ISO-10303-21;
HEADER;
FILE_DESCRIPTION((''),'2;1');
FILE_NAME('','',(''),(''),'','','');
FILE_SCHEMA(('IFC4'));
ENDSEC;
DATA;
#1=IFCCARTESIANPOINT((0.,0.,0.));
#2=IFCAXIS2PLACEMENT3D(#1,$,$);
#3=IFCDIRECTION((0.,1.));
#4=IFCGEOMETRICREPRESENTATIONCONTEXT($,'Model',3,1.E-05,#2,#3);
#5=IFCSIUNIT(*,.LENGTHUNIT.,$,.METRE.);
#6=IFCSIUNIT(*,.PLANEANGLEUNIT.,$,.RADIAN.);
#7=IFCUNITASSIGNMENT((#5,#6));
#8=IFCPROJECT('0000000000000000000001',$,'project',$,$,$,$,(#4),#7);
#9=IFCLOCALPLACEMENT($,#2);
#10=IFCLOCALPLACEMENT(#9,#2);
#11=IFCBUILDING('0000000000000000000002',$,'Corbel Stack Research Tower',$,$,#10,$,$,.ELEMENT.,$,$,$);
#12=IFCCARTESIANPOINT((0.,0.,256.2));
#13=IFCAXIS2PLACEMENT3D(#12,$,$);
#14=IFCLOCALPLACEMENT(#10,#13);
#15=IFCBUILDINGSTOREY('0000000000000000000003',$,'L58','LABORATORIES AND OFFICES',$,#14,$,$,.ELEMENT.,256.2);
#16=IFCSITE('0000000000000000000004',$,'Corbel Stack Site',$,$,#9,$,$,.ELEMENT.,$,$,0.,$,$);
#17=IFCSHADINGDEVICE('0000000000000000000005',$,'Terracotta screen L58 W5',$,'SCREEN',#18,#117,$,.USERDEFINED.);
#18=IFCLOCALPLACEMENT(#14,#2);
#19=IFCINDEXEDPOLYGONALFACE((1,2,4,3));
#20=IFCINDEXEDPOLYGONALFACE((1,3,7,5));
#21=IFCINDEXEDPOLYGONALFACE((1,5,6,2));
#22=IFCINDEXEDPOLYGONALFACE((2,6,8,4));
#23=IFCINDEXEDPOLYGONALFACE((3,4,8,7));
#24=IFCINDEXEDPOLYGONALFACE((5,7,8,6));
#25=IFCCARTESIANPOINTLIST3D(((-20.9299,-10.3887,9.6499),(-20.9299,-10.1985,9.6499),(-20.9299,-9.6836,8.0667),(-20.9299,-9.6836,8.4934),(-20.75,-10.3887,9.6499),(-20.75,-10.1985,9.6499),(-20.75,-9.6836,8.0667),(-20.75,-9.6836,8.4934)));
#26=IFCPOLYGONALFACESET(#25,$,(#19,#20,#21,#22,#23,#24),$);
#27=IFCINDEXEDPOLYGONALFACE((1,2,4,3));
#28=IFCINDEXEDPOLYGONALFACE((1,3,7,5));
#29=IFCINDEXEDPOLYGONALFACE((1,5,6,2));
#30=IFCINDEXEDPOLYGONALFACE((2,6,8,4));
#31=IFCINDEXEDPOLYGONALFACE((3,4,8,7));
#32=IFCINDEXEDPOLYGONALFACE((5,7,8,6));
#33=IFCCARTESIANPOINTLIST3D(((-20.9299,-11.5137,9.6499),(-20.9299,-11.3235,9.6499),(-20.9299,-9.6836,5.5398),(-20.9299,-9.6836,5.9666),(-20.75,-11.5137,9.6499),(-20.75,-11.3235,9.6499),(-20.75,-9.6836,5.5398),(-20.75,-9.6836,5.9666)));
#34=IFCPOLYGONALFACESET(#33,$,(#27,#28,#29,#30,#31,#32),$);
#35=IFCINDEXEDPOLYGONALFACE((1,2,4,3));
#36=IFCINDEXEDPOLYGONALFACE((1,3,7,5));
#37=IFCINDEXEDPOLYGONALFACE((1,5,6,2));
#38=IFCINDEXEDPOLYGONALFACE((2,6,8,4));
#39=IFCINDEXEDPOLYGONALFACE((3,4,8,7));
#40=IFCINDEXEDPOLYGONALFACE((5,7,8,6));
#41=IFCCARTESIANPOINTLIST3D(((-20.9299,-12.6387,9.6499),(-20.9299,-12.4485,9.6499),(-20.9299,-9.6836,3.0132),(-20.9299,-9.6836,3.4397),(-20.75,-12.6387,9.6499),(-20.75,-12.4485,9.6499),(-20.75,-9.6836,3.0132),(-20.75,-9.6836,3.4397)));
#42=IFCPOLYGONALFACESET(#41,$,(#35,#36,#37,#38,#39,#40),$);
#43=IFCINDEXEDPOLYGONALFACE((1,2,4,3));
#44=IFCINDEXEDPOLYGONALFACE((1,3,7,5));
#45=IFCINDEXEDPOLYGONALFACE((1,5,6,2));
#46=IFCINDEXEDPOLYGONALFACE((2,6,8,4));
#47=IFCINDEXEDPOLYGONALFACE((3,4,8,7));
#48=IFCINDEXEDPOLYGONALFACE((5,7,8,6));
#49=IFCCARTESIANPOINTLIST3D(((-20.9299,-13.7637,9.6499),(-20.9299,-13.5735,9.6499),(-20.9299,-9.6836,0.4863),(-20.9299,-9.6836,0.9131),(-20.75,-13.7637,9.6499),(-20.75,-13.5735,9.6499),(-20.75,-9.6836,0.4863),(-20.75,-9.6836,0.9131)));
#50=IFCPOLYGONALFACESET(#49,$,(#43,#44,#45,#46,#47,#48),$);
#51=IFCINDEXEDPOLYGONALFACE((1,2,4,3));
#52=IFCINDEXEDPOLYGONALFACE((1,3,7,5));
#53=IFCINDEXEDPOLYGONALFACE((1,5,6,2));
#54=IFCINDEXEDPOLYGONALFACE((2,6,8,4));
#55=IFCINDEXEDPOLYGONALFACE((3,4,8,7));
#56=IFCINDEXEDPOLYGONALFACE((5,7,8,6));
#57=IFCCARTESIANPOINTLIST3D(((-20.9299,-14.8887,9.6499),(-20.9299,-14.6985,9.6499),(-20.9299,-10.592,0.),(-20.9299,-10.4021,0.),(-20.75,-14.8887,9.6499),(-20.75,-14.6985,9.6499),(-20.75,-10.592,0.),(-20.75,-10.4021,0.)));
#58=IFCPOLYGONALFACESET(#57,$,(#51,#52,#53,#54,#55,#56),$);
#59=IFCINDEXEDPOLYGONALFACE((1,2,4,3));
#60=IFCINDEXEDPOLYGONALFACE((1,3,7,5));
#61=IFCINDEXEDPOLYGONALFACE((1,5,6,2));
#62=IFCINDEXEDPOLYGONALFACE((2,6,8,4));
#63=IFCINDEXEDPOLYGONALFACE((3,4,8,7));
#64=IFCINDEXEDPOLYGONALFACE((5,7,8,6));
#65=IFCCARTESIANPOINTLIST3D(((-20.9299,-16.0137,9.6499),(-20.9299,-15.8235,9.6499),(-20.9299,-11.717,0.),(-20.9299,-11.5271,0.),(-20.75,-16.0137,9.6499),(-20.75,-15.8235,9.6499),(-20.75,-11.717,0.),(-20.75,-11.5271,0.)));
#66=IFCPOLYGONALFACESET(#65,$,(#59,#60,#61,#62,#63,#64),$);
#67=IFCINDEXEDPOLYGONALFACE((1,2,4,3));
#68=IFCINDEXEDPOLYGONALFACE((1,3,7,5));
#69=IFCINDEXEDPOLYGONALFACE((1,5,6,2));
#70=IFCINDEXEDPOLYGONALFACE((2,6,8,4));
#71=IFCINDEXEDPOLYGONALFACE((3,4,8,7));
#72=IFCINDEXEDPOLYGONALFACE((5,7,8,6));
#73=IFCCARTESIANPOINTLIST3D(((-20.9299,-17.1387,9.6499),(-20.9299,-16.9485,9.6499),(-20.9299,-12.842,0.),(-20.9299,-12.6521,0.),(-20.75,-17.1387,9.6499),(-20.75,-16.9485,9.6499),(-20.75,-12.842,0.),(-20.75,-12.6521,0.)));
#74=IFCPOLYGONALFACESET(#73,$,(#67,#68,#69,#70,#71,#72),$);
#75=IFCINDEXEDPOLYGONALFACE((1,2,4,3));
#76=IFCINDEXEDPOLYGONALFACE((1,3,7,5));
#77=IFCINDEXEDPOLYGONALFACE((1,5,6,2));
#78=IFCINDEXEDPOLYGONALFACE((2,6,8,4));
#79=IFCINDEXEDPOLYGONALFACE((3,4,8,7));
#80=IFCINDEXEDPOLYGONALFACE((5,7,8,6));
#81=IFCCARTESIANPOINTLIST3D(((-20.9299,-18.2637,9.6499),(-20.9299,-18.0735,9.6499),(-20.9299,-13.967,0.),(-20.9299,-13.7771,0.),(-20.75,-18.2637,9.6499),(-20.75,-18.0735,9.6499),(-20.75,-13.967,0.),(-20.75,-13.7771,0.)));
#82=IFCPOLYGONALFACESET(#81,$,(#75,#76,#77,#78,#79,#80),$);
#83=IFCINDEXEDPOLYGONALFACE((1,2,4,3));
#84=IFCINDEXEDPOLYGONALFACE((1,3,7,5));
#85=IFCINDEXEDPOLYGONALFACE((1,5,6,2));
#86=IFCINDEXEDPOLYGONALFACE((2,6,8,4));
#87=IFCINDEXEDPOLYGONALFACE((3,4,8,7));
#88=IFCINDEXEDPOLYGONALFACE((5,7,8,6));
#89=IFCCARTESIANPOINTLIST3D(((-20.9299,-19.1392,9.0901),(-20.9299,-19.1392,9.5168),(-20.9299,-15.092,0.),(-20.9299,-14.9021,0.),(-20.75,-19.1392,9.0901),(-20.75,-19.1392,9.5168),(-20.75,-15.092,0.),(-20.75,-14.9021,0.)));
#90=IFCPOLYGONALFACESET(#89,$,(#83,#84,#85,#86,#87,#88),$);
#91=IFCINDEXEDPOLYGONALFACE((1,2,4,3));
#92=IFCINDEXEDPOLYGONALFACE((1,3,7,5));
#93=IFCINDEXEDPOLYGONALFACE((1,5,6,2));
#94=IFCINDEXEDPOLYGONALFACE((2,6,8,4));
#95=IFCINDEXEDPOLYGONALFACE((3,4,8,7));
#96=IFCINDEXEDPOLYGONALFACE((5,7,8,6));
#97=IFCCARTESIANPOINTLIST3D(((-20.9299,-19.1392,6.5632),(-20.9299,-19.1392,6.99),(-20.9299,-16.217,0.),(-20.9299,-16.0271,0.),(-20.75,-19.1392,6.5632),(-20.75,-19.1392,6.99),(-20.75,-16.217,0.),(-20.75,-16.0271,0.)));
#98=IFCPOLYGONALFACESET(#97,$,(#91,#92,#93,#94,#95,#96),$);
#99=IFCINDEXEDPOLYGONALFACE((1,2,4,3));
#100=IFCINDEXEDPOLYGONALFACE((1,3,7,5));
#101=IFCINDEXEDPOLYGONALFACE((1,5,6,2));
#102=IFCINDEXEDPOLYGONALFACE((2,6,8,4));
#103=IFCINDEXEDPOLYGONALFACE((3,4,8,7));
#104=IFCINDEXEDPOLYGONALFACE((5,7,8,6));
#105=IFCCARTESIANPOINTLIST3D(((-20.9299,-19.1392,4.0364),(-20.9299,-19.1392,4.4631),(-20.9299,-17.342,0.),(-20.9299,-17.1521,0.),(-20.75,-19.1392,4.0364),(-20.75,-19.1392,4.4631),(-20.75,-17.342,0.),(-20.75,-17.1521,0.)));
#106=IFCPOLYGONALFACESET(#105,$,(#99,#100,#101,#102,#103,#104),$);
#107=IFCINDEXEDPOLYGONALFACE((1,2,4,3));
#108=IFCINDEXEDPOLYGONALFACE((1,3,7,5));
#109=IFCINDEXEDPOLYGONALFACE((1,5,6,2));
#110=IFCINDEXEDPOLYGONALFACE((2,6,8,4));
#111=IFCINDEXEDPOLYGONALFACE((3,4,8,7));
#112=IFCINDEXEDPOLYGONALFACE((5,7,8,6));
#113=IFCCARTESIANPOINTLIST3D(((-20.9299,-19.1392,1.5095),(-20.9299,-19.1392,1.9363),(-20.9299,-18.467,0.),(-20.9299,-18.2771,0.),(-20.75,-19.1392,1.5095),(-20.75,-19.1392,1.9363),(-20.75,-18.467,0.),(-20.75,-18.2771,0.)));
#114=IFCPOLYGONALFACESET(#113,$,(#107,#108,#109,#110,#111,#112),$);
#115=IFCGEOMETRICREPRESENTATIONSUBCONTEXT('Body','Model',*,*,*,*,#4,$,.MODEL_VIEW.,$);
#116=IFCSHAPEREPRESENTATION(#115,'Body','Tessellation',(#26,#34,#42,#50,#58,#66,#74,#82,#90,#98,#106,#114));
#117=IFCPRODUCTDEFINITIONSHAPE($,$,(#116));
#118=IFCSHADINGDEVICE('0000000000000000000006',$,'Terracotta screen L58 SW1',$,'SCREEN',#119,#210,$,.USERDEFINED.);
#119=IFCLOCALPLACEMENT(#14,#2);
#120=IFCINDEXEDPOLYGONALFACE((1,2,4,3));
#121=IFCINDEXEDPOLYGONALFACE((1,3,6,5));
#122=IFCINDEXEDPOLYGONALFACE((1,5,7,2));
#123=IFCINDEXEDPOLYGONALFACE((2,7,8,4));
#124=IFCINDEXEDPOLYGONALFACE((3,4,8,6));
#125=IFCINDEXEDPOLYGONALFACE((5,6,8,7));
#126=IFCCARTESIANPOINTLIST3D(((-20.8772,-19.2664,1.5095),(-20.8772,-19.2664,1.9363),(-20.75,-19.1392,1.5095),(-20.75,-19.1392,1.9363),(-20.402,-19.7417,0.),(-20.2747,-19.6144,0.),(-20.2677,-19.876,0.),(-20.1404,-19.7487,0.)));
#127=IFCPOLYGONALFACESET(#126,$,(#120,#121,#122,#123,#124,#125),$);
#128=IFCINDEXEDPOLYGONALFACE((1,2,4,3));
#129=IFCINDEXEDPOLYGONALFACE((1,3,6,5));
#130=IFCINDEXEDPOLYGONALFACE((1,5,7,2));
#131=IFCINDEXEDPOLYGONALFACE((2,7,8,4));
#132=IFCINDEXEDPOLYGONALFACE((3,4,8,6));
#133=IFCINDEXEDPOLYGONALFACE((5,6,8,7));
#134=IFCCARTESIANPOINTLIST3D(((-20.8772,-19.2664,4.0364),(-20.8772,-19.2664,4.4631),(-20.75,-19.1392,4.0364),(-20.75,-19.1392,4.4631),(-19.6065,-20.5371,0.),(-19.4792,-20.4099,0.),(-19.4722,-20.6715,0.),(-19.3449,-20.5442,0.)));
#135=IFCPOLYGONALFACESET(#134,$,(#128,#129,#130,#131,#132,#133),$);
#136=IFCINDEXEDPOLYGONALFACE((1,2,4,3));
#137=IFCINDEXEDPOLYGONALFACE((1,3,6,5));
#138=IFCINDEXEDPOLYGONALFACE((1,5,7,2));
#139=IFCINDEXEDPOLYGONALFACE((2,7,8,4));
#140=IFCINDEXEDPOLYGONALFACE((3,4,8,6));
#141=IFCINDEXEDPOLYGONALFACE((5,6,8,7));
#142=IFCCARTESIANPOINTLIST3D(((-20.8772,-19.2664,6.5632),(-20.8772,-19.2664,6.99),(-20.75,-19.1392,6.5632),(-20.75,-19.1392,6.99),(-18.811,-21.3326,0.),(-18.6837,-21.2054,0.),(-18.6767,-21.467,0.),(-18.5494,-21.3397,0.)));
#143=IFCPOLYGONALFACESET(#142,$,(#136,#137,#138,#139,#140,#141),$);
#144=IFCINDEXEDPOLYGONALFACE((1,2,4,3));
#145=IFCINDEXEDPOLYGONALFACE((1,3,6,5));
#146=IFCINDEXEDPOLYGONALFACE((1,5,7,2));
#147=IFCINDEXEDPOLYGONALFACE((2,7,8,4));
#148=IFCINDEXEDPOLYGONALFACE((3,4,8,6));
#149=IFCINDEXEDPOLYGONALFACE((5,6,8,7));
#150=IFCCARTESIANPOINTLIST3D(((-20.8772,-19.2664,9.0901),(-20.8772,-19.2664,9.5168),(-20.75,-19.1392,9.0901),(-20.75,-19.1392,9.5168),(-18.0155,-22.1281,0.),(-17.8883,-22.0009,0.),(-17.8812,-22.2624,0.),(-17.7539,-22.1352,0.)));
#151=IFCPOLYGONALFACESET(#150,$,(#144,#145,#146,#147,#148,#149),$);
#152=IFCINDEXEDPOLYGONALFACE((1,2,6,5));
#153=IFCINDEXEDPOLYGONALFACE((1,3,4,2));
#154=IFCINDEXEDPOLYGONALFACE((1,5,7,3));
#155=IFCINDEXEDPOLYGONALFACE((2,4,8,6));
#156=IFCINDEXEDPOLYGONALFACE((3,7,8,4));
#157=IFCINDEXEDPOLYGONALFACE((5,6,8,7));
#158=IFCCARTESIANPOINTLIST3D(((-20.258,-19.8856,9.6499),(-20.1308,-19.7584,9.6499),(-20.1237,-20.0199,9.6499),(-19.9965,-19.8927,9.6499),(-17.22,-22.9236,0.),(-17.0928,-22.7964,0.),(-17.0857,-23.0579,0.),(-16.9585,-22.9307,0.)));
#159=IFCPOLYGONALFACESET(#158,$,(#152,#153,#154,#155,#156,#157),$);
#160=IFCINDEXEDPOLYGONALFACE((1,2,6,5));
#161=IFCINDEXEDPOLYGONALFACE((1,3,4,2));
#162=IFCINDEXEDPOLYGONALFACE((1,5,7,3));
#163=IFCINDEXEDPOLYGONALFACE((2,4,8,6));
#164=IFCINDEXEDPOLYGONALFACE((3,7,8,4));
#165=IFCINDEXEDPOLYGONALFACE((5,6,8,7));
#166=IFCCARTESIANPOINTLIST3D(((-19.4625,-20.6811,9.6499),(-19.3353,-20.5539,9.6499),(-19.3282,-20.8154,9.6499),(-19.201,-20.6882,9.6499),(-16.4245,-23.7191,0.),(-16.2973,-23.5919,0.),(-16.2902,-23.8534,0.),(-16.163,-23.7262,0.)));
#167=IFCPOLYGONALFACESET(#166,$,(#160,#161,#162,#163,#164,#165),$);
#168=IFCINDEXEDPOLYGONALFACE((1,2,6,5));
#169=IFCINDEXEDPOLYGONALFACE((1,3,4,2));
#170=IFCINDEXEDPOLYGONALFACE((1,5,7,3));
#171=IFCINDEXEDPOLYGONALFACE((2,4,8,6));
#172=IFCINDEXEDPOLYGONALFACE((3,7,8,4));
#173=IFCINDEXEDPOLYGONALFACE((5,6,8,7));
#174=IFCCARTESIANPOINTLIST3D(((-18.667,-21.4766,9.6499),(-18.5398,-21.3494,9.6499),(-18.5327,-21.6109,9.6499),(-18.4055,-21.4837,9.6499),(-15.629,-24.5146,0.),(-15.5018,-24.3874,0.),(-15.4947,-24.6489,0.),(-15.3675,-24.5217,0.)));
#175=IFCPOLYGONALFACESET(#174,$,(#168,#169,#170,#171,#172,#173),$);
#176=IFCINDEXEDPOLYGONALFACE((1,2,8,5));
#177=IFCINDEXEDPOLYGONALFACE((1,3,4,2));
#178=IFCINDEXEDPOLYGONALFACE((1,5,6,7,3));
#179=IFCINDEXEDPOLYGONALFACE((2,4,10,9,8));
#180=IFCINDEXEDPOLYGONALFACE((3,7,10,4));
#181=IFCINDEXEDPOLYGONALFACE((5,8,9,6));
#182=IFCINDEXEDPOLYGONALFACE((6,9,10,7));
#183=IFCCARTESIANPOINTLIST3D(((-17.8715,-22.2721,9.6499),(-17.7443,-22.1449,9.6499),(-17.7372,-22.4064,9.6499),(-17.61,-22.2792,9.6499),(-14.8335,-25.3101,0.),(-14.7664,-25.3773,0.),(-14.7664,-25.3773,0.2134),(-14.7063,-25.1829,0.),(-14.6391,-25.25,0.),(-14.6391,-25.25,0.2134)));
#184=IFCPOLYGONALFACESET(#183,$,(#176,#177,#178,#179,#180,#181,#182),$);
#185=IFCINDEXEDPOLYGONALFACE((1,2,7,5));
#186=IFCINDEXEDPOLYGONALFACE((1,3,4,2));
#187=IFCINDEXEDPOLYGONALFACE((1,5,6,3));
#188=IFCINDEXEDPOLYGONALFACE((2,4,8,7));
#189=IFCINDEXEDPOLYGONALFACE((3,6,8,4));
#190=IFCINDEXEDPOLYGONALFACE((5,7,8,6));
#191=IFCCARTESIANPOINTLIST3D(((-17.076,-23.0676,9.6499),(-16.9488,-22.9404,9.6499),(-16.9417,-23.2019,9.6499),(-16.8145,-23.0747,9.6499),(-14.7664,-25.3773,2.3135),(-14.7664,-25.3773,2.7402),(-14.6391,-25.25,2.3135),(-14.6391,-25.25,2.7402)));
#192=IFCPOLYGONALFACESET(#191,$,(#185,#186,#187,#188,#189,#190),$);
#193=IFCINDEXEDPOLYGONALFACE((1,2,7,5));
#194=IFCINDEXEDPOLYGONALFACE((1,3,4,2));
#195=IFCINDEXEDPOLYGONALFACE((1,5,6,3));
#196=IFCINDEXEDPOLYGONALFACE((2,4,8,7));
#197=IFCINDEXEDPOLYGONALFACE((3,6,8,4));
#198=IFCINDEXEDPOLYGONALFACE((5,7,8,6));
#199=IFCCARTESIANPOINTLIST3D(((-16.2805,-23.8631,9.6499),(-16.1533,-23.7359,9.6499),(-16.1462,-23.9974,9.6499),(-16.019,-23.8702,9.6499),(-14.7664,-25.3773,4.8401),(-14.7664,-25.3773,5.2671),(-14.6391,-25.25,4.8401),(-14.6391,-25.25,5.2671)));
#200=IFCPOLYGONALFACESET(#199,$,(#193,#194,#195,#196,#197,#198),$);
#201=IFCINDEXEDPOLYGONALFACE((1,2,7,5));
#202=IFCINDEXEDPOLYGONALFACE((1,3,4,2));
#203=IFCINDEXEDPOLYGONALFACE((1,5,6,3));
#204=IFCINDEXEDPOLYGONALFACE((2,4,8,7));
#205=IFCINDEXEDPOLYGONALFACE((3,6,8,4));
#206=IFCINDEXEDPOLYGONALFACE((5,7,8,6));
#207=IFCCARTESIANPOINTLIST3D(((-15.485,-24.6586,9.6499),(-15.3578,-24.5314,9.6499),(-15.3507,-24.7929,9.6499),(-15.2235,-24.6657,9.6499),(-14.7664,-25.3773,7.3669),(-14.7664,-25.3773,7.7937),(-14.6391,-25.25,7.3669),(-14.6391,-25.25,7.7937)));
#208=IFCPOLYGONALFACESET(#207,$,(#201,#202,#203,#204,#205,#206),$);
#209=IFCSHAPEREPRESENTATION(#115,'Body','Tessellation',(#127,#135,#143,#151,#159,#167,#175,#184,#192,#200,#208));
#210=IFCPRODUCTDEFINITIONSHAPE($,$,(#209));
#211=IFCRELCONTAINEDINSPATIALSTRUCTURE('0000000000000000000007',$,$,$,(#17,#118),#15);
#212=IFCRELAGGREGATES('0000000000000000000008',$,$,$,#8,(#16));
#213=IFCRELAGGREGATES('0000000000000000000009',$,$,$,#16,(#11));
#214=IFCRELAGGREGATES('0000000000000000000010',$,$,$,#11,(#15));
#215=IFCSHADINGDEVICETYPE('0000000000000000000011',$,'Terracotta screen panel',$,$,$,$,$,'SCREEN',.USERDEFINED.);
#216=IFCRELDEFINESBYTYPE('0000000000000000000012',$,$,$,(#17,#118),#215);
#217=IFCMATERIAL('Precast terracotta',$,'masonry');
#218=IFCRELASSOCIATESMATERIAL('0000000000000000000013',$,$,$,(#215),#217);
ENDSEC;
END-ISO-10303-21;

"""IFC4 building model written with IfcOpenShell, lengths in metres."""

from ifc_helpers import new_model, si_unit, direction, frame, origin, place, context, subcontext, project, spatial, polyline, outline, extrude, source, transform, mapped, material, type_object, element, save


model = new_model("IFC4")

# Units and contexts
model_context = context("Model", 3, precision=1e-05, world=origin(), true_north=direction((0.0, 1.0)))
body_context = subcontext(model_context, "Body", "Model", "MODEL_VIEW")
ifc_project = project(units=[si_unit("LENGTHUNIT", "METRE"), si_unit("PLANEANGLEUNIT", "RADIAN")], contexts=[model_context])

# Site, building, storey
site_placement = place(None, origin())
site = spatial("IfcSite", under=ifc_project, at=site_placement, Name="Corbel Stack Site", CompositionType="ELEMENT", RefElevation=0.0)
building_placement = place(site_placement, origin())
building = spatial("IfcBuilding", under=site, at=building_placement, Name="Corbel Stack Research Tower", CompositionType="ELEMENT")
storey_placement = place(building_placement, frame((0.0, 0.0, 256.2)))
storey = spatial("IfcBuildingStorey", under=building, at=storey_placement, Name="L58", Description="LABORATORIES AND OFFICES", CompositionType="ELEMENT", Elevation=256.2)

# Shading devices
ifc_material_1 = material(Name="Precast terracotta", Category="masonry")
shading_device_type = type_object("IfcShadingDeviceType", Name="Terracotta screen panel", ElementType="SCREEN", PredefinedType="USERDEFINED", material=ifc_material_1)
shared_shape_1 = source(origin(), body_context, "Body", "SweptSolid", [
    extrude(outline(polyline([(0.7051, 9.6499), (0.5149, 9.6499), (0.0, 8.4934), (0.0, 8.0667), (0.7051, 9.6499)])), frame((0.0, 0.0, 0.0), z_axis=(0.0, -1.0, 0.0), x_axis=(1.0, 0.0, 0.0)), (0.0, 0.0, 1.0), 0.1799),
    extrude(outline(polyline([(1.8301, 9.6499), (1.6399, 9.6499), (0.0, 5.9666), (0.0, 5.5398), (1.8301, 9.6499)])), frame((0.0, 0.0, 0.0), z_axis=(0.0, -1.0, 0.0), x_axis=(1.0, 0.0, 0.0)), (0.0, 0.0, 1.0), 0.1799),
    extrude(outline(polyline([(2.9551, 9.6499), (2.7649, 9.6499), (0.0, 3.4397), (0.0, 3.0132), (2.9551, 9.6499)])), frame((0.0, 0.0, 0.0), z_axis=(0.0, -1.0, 0.0), x_axis=(1.0, 0.0, 0.0)), (0.0, 0.0, 1.0), 0.1799),
    extrude(outline(polyline([(4.0801, 9.6499), (3.8899, 9.6499), (0.0, 0.9131), (0.0, 0.4863), (4.0801, 9.6499)])), frame((0.0, 0.0, 0.0), z_axis=(0.0, -1.0, 0.0), x_axis=(1.0, 0.0, 0.0)), (0.0, 0.0, 1.0), 0.1799),
    extrude(outline(polyline([(0.9084, 0.0), (5.2051, 9.6499), (5.0149, 9.6499), (0.7185, 0.0), (0.9084, 0.0)])), frame((0.0, 0.0, 0.0), z_axis=(0.0, -1.0, 0.0), x_axis=(1.0, 0.0, 0.0)), (0.0, 0.0, 1.0), 0.1799),
    extrude(outline(polyline([(2.0334, 0.0), (6.3301, 9.6499), (6.1399, 9.6499), (1.8435, 0.0), (2.0334, 0.0)])), frame((0.0, 0.0, 0.0), z_axis=(0.0, -1.0, 0.0), x_axis=(1.0, 0.0, 0.0)), (0.0, 0.0, 1.0), 0.1799),
    extrude(outline(polyline([(3.1584, 0.0), (7.4551, 9.6499), (7.2649, 9.6499), (2.9685, 0.0), (3.1584, 0.0)])), frame((0.0, 0.0, 0.0), z_axis=(0.0, -1.0, 0.0), x_axis=(1.0, 0.0, 0.0)), (0.0, 0.0, 1.0), 0.1799),
    extrude(outline(polyline([(4.2834, 0.0), (8.5801, 9.6499), (8.3899, 9.6499), (4.0935, 0.0), (4.2834, 0.0)])), frame((0.0, 0.0, 0.0), z_axis=(0.0, -1.0, 0.0), x_axis=(1.0, 0.0, 0.0)), (0.0, 0.0, 1.0), 0.1799),
    extrude(outline(polyline([(5.4084, 0.0), (9.4556, 9.0901), (9.4556, 9.5168), (5.2185, 0.0), (5.4084, 0.0)])), frame((0.0, 0.0, 0.0), z_axis=(0.0, -1.0, 0.0), x_axis=(1.0, 0.0, 0.0)), (0.0, 0.0, 1.0), 0.1799),
    extrude(outline(polyline([(6.5334, 0.0), (9.4556, 6.5632), (9.4556, 6.99), (6.3435, 0.0), (6.5334, 0.0)])), frame((0.0, 0.0, 0.0), z_axis=(0.0, -1.0, 0.0), x_axis=(1.0, 0.0, 0.0)), (0.0, 0.0, 1.0), 0.1799),
    extrude(outline(polyline([(7.6584, 0.0), (9.4556, 4.0364), (9.4556, 4.4631), (7.4685, 0.0), (7.6584, 0.0)])), frame((0.0, 0.0, 0.0), z_axis=(0.0, -1.0, 0.0), x_axis=(1.0, 0.0, 0.0)), (0.0, 0.0, 1.0), 0.1799),
    extrude(outline(polyline([(8.7834, 0.0), (9.4556, 1.5095), (9.4556, 1.9363), (8.5935, 0.0), (8.7834, 0.0)])), frame((0.0, 0.0, 0.0), z_axis=(0.0, -1.0, 0.0), x_axis=(1.0, 0.0, 0.0)), (0.0, 0.0, 1.0), 0.1799),
])
shading_device_1_placement = place(storey_placement, frame((-20.75, -9.6836, 0.0), z_axis=(0.0, 0.0, 1.0), x_axis=(0.0, -1.0, 0.0)))
element("IfcShadingDevice", 1, at=shading_device_1_placement, inside=storey, type_object=shading_device_type, Name="Terracotta screen L58 W5", ObjectType="SCREEN", PredefinedType="USERDEFINED", context=body_context, shape_type="MappedRepresentation", body=[
    mapped(shared_shape_1, transform((0.0, 0.0, 0.0))),
])
shared_shape_2 = source(origin(), body_context, "Body", "SweptSolid", [
    extrude(outline(polyline([(0.8621, 0.0), (0.0, 1.9363), (0.0, 1.5095), (0.6721, 0.0), (0.8621, 0.0)])), frame((0.0, 0.0, 0.0), z_axis=(0.0, -1.0, 0.0), x_axis=(1.0, 0.0, 0.0)), (0.0, 0.0, 1.0), 0.1799),
    extrude(outline(polyline([(1.9871, 0.0), (0.0, 4.4631), (0.0, 4.0364), (1.7971, 0.0), (1.9871, 0.0)])), frame((0.0, 0.0, 0.0), z_axis=(0.0, -1.0, 0.0), x_axis=(1.0, 0.0, 0.0)), (0.0, 0.0, 1.0), 0.1799),
    extrude(outline(polyline([(3.1121, 0.0), (0.0, 6.99), (0.0, 6.5632), (2.9221, 0.0), (3.1121, 0.0)])), frame((0.0, 0.0, 0.0), z_axis=(0.0, -1.0, 0.0), x_axis=(1.0, 0.0, 0.0)), (0.0, 0.0, 1.0), 0.1799),
    extrude(outline(polyline([(4.2371, 0.0), (0.0, 9.5168), (0.0, 9.0901), (4.0471, 0.0), (4.2371, 0.0)])), frame((0.0, 0.0, 0.0), z_axis=(0.0, -1.0, 0.0), x_axis=(1.0, 0.0, 0.0)), (0.0, 0.0, 1.0), 0.1799),
    extrude(outline(polyline([(5.3621, 0.0), (1.0657, 9.6499), (0.8757, 9.6499), (5.1721, 0.0), (5.3621, 0.0)])), frame((0.0, 0.0, 0.0), z_axis=(0.0, -1.0, 0.0), x_axis=(1.0, 0.0, 0.0)), (0.0, 0.0, 1.0), 0.1799),
    extrude(outline(polyline([(6.4871, 0.0), (2.1907, 9.6499), (2.0007, 9.6499), (6.2971, 0.0), (6.4871, 0.0)])), frame((0.0, 0.0, 0.0), z_axis=(0.0, -1.0, 0.0), x_axis=(1.0, 0.0, 0.0)), (0.0, 0.0, 1.0), 0.1799),
    extrude(outline(polyline([(7.6121, 0.0), (3.3157, 9.6499), (3.1257, 9.6499), (7.4221, 0.0), (7.6121, 0.0)])), frame((0.0, 0.0, 0.0), z_axis=(0.0, -1.0, 0.0), x_axis=(1.0, 0.0, 0.0)), (0.0, 0.0, 1.0), 0.1799),
    extrude(outline(polyline([(8.6421, 0.0), (8.6421, 0.2134), (4.4407, 9.6499), (4.2507, 9.6499), (8.5471, 0.0), (8.6421, 0.0)])), frame((0.0, 0.0, 0.0), z_axis=(0.0, -1.0, 0.0), x_axis=(1.0, 0.0, 0.0)), (0.0, 0.0, 1.0), 0.1799),
    extrude(outline(polyline([(5.5657, 9.6499), (5.3757, 9.6499), (8.6421, 2.3135), (8.6421, 2.7402), (5.5657, 9.6499)])), frame((0.0, 0.0, 0.0), z_axis=(0.0, -1.0, 0.0), x_axis=(1.0, 0.0, 0.0)), (0.0, 0.0, 1.0), 0.1799),
    extrude(outline(polyline([(6.6907, 9.6499), (6.5007, 9.6499), (8.6421, 4.8401), (8.6421, 5.2671), (6.6907, 9.6499)])), frame((0.0, 0.0, 0.0), z_axis=(0.0, -1.0, 0.0), x_axis=(1.0, 0.0, 0.0)), (0.0, 0.0, 1.0), 0.1799),
    extrude(outline(polyline([(7.8157, 9.6499), (7.6257, 9.6499), (8.6421, 7.3669), (8.6421, 7.7937), (7.8157, 9.6499)])), frame((0.0, 0.0, 0.0), z_axis=(0.0, -1.0, 0.0), x_axis=(1.0, 0.0, 0.0)), (0.0, 0.0, 1.0), 0.1799),
])
shading_device_2_placement = place(storey_placement, frame((-20.75, -19.1392, 0.0), z_axis=(0.0, 0.0, 1.0), x_axis=(0.707107, -0.707107, 0.0)))
element("IfcShadingDevice", 2, at=shading_device_2_placement, inside=storey, type_object=shading_device_type, Name="Terracotta screen L58 SW1", ObjectType="SCREEN", PredefinedType="USERDEFINED", context=body_context, shape_type="MappedRepresentation", body=[
    mapped(shared_shape_2, transform((0.0, 0.0, 0.0))),
])

save(model, "model.ifc")
